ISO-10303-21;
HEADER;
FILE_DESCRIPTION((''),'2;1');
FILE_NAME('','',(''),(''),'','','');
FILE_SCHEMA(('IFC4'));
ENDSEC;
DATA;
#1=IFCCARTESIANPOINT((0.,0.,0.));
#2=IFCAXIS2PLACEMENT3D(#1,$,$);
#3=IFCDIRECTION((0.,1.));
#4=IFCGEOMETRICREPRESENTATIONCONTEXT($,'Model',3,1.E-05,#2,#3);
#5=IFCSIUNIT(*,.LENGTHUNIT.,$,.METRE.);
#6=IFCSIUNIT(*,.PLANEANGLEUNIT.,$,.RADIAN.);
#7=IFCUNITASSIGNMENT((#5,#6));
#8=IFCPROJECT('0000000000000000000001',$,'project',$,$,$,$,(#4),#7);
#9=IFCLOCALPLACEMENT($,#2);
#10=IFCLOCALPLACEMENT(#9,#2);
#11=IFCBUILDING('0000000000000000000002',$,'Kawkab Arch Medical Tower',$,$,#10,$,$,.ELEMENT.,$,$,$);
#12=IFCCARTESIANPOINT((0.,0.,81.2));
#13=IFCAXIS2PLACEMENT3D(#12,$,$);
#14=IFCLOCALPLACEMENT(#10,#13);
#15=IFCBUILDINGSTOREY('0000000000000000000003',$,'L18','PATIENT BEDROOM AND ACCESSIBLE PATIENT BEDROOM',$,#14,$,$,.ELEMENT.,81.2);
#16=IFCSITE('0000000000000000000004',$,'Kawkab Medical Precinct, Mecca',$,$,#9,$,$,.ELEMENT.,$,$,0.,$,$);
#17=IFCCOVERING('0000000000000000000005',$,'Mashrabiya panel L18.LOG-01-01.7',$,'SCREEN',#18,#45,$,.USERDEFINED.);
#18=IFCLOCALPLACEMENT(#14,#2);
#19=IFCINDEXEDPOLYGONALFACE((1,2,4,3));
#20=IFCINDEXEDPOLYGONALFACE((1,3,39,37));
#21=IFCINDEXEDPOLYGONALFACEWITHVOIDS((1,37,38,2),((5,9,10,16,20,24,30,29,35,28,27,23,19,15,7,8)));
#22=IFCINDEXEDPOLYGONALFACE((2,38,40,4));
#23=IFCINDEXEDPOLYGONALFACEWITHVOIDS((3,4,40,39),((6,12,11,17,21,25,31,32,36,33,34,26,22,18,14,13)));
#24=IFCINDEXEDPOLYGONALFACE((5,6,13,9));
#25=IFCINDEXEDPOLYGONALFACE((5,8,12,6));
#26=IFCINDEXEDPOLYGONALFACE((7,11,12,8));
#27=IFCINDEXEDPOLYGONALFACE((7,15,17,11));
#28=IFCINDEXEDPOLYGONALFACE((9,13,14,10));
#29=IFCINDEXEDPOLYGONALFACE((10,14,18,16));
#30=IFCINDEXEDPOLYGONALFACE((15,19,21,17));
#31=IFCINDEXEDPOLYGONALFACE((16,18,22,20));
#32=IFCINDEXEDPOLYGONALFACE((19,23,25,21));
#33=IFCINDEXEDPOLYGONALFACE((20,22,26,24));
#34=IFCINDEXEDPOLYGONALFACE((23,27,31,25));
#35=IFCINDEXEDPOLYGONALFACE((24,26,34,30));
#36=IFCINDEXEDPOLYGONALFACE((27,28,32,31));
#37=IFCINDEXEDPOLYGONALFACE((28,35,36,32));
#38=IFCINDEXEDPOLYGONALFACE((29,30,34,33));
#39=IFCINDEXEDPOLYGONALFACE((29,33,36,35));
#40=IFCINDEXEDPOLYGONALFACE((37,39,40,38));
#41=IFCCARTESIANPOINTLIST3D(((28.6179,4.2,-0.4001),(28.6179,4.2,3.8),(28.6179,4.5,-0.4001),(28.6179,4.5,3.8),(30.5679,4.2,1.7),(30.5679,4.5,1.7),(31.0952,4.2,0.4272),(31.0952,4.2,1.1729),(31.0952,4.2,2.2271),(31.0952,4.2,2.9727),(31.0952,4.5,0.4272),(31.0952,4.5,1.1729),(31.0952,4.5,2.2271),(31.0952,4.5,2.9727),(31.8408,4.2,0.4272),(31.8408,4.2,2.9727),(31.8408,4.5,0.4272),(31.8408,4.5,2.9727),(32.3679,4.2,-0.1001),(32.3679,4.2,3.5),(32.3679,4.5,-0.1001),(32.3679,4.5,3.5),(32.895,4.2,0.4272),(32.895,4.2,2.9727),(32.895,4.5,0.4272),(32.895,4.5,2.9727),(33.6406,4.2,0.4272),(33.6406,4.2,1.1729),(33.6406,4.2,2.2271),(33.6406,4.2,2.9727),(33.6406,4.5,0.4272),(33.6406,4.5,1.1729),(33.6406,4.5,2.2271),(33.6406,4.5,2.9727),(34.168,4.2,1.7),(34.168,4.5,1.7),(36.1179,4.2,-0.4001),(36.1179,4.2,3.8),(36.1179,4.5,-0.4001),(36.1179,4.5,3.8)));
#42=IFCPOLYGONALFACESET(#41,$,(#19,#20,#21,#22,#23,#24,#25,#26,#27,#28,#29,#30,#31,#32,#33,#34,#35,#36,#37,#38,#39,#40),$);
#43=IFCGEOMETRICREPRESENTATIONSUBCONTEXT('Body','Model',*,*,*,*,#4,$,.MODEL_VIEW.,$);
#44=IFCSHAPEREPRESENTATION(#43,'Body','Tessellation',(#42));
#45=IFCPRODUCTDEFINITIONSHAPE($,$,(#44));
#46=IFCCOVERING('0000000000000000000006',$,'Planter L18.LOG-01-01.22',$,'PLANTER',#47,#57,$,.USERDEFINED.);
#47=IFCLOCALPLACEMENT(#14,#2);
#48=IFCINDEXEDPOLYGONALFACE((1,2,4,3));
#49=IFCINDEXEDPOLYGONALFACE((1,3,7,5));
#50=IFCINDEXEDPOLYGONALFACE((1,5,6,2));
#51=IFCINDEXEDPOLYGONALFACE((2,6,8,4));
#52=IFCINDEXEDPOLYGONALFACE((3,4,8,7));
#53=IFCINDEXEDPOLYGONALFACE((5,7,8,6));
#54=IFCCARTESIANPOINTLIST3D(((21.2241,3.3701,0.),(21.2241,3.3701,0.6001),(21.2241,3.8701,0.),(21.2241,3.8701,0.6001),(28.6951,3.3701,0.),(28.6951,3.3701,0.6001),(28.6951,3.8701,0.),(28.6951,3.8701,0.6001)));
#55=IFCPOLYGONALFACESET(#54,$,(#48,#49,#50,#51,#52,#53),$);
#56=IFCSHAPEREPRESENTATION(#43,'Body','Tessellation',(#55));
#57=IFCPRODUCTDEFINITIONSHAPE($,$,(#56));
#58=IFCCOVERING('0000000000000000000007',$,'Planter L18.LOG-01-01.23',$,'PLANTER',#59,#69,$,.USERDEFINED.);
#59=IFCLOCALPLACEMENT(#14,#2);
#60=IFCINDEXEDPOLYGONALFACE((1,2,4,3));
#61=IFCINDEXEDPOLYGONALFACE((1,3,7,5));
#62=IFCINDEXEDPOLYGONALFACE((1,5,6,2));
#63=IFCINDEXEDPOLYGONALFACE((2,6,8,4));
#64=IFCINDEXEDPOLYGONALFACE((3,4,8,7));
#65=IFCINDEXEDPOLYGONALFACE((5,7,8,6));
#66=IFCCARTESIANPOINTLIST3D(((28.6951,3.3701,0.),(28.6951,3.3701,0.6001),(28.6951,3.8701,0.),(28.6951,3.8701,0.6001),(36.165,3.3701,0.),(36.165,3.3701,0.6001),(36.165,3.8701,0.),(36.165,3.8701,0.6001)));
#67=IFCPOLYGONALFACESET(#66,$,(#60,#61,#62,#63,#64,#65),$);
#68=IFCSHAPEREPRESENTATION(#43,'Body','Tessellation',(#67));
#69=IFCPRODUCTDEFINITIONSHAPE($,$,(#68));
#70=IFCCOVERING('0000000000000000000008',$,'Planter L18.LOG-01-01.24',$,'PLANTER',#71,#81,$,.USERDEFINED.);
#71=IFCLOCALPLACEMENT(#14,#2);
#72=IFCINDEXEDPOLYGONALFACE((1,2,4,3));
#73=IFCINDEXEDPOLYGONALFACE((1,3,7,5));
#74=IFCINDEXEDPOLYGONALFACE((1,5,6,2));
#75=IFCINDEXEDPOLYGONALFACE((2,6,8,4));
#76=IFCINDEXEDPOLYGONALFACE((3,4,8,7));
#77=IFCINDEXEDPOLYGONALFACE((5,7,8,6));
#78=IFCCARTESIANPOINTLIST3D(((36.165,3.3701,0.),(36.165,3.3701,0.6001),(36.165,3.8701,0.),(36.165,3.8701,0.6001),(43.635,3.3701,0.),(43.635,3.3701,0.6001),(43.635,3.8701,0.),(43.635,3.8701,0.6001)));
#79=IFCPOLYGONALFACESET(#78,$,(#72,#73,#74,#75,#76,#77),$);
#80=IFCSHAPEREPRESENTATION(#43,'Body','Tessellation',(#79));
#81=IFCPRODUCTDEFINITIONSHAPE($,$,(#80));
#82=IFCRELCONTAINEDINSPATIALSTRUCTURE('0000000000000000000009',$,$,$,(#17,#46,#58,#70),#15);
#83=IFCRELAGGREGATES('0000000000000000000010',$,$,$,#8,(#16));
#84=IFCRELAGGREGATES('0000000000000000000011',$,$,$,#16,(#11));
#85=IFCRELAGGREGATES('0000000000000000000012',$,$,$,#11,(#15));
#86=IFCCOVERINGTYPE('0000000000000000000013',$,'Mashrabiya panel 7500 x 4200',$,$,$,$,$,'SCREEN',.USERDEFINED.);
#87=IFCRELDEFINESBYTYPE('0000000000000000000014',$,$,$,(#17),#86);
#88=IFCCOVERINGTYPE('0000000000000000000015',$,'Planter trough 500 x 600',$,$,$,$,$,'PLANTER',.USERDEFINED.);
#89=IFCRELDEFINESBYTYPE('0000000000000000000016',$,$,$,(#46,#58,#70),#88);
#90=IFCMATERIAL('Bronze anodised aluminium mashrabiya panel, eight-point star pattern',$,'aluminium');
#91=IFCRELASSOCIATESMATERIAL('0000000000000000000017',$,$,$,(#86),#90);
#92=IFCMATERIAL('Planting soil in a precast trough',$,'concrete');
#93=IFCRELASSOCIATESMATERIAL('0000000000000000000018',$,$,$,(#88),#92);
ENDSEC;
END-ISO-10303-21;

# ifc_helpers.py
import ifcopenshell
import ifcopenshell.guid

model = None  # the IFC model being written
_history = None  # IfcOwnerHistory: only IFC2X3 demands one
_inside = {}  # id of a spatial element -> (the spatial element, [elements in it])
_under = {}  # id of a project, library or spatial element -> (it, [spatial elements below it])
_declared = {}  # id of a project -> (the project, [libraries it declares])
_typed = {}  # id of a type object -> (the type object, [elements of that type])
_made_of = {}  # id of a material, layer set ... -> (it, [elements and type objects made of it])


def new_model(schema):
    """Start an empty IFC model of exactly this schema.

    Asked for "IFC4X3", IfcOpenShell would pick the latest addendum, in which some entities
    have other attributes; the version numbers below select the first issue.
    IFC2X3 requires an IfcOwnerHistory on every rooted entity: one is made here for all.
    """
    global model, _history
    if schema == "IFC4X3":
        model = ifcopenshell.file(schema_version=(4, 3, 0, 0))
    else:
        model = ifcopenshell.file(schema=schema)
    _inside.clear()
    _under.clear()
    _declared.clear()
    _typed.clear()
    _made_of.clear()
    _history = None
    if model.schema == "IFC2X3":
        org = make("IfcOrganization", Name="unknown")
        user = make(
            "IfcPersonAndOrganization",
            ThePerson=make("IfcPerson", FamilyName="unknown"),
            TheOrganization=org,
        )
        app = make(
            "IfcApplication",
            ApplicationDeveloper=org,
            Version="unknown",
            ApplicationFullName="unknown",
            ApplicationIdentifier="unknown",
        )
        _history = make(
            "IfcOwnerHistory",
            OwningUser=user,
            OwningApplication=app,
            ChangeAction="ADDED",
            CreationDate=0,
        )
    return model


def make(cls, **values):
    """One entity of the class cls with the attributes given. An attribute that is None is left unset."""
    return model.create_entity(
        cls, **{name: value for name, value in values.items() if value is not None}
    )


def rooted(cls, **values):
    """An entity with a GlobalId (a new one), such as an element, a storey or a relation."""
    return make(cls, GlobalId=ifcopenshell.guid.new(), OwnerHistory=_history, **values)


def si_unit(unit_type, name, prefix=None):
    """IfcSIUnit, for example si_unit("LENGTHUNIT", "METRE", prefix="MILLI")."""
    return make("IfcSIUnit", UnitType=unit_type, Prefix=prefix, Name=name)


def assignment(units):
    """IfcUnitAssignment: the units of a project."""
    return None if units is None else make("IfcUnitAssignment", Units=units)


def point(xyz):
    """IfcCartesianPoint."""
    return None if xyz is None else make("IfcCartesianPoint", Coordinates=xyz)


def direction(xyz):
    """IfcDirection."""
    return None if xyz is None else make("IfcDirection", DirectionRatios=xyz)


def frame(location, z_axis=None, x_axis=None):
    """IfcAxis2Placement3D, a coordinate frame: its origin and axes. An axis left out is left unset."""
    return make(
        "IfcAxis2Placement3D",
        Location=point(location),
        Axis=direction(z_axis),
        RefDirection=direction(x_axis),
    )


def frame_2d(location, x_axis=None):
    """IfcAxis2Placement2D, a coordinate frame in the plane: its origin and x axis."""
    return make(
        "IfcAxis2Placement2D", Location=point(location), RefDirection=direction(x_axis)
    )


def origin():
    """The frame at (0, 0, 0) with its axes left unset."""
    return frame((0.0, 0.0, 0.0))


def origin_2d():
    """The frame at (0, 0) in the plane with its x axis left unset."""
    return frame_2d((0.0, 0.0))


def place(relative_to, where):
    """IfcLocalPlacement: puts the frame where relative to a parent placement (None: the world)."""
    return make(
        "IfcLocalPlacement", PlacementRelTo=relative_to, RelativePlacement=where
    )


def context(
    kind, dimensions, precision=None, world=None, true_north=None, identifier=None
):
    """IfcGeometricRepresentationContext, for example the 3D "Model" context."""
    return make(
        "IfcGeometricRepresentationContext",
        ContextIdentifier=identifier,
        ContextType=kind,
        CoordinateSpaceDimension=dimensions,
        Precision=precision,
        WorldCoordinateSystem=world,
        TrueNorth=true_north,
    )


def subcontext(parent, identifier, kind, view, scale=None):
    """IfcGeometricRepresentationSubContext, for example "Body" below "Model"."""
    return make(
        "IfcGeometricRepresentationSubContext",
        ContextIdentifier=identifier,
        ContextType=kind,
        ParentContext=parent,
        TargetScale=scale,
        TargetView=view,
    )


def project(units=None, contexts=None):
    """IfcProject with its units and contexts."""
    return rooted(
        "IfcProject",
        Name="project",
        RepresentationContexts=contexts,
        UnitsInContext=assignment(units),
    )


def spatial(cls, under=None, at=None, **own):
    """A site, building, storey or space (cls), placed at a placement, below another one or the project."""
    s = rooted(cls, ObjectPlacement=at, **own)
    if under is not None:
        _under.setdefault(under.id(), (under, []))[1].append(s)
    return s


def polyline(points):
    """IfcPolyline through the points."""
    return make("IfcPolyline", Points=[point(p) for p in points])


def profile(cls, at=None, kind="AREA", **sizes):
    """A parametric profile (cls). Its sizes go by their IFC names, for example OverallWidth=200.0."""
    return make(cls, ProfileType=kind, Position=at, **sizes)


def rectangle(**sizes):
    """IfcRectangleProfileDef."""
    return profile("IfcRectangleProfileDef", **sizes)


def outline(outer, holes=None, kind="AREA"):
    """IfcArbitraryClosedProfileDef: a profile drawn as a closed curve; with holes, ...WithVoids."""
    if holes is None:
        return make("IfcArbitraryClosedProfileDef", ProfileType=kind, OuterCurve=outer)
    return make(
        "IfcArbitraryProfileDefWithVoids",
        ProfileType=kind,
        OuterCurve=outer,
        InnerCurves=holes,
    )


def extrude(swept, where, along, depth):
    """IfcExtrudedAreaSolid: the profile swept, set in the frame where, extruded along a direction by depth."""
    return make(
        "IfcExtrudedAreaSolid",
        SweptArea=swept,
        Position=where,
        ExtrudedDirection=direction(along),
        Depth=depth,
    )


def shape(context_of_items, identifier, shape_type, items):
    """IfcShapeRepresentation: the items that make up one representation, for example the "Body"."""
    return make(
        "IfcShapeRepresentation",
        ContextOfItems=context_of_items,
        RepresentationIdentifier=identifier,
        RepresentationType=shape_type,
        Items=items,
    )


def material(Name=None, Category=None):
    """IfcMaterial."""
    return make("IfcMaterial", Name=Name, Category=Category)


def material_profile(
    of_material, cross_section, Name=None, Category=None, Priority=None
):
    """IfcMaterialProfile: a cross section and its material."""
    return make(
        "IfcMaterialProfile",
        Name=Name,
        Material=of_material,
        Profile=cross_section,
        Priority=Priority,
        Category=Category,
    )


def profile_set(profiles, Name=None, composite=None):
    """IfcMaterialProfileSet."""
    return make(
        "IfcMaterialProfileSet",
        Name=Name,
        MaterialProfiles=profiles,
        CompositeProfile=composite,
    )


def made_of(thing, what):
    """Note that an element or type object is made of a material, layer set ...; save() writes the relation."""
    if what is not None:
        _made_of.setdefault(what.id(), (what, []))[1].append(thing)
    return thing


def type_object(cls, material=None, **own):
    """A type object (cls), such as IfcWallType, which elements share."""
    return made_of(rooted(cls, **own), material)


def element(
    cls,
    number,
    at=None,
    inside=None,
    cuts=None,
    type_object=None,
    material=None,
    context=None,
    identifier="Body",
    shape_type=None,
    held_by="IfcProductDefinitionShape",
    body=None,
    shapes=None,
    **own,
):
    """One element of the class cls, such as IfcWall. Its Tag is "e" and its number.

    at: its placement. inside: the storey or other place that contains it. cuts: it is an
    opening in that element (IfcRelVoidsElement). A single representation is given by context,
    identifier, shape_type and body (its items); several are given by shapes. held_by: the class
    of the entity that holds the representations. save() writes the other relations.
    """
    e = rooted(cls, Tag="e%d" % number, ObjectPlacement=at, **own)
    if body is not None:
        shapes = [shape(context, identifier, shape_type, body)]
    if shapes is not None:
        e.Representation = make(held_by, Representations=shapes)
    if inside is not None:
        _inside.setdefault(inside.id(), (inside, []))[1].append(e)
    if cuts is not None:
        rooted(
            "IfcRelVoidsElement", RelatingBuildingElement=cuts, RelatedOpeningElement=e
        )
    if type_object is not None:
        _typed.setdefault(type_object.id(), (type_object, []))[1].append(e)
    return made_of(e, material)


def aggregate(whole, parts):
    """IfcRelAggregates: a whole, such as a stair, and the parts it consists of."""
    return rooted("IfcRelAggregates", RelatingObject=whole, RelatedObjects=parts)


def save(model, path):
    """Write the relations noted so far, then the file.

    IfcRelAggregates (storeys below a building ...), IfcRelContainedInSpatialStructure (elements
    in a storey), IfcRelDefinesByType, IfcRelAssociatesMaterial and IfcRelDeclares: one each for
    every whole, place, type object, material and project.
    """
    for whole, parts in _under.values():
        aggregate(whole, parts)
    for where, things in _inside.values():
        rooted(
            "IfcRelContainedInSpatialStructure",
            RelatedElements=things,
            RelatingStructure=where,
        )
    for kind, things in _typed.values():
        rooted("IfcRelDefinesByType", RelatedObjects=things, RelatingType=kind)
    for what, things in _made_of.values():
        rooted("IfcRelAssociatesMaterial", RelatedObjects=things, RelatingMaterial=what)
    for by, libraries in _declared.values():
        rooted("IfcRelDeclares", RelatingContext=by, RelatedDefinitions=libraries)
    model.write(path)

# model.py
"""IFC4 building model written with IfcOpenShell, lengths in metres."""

from ifc_helpers import new_model, si_unit, direction, frame, origin, origin_2d, place, context, subcontext, project, spatial, polyline, rectangle, outline, extrude, material, material_profile, profile_set, type_object, element, save


model = new_model("IFC4")

# Units and contexts
model_context = context("Model", 3, precision=1e-05, world=origin(), true_north=direction((0.0, 1.0)))
body_context = subcontext(model_context, "Body", "Model", "MODEL_VIEW")
ifc_project = project(units=[si_unit("LENGTHUNIT", "METRE"), si_unit("PLANEANGLEUNIT", "RADIAN")], contexts=[model_context])

# Site, building, storey
site_placement = place(None, origin())
site = spatial("IfcSite", under=ifc_project, at=site_placement, Name="Kawkab Medical Precinct, Mecca", CompositionType="ELEMENT", RefElevation=0.0)
building_placement = place(site_placement, origin())
building = spatial("IfcBuilding", under=site, at=building_placement, Name="Kawkab Arch Medical Tower", CompositionType="ELEMENT")
storey_placement = place(building_placement, frame((0.0, 0.0, 81.2)))
storey = spatial("IfcBuildingStorey", under=building, at=storey_placement, Name="L18", Description="PATIENT BEDROOM AND ACCESSIBLE PATIENT BEDROOM", CompositionType="ELEMENT", Elevation=81.2)

# Coverings
ifc_material_1 = material(Name="Bronze anodised aluminium mashrabiya panel, eight-point star pattern", Category="aluminium")
ifc_material_profile_1 = material_profile(ifc_material_1, outline(polyline([(-3.75, -2.1001), (3.75, -2.1001), (3.75, 2.1001), (-3.75, 2.1001), (-3.75, -2.1001)]), holes=[polyline([(1.8, 0.0), (1.2727, 0.5271), (1.2727, 1.2727), (0.5271, 1.2727), (0.0, 1.8), (-0.5271, 1.2727), (-1.2727, 1.2727), (-1.2727, 0.5271), (-1.8, 0.0), (-1.2727, -0.5271), (-1.2727, -1.2727), (-0.5271, -1.2727), (0.0, -1.8), (0.5271, -1.2727), (1.2727, -1.2727), (1.2727, -0.5271), (1.8, 0.0)])]), Name="Mashrabiya panel 7500x4200")
ifc_profile_set_1 = profile_set([ifc_material_profile_1], Name="Bronze anodised aluminium mashrabiya panel, eight-point star pattern")
covering_type_1 = type_object("IfcCoveringType", Name="Mashrabiya panel 7500 x 4200", ElementType="SCREEN", PredefinedType="USERDEFINED", material=ifc_profile_set_1)
covering_1_placement = place(storey_placement, frame((32.3679, 4.2, 1.7), z_axis=(0.0, 1.0, 0.0), x_axis=(-1.0, 0.0, 0.0)))
element("IfcCovering", 1, at=covering_1_placement, inside=storey, type_object=covering_type_1, Name="Mashrabiya panel L18.LOG-01-01.7", ObjectType="SCREEN", PredefinedType="USERDEFINED", context=body_context, shape_type="SweptSolid", body=[
    extrude(outline(polyline([(-3.75, -2.1001), (3.75, -2.1001), (3.75, 2.1001), (-3.75, 2.1001), (-3.75, -2.1001)]), holes=[polyline([(1.8, 0.0), (1.2727, 0.5271), (1.2727, 1.2727), (0.5271, 1.2727), (0.0, 1.8), (-0.5271, 1.2727), (-1.2727, 1.2727), (-1.2727, 0.5271), (-1.8, 0.0), (-1.2727, -0.5271), (-1.2727, -1.2727), (-0.5271, -1.2727), (0.0, -1.8), (0.5271, -1.2727), (1.2727, -1.2727), (1.2727, -0.5271), (1.8, 0.0)])]), origin(), (0.0, 0.0, 1.0), 0.3),
])
ifc_material_2 = material(Name="Planting soil in a precast trough", Category="concrete")
ifc_material_profile_2 = material_profile(ifc_material_2, rectangle(XDim=0.5, YDim=0.6001, at=origin_2d()), Name="Trough 500x600")
ifc_profile_set_2 = profile_set([ifc_material_profile_2], Name="Planting soil in a precast trough")
covering_type_2 = type_object("IfcCoveringType", Name="Planter trough 500 x 600", ElementType="PLANTER", PredefinedType="USERDEFINED", material=ifc_profile_set_2)
covering_2_placement = place(storey_placement, frame((21.2241, 3.6201, 0.3), z_axis=(1.0, 0.0, 0.0), x_axis=(0.0, 1.0, 0.0)))
element("IfcCovering", 2, at=covering_2_placement, inside=storey, type_object=covering_type_2, Name="Planter L18.LOG-01-01.22", ObjectType="PLANTER", PredefinedType="USERDEFINED", context=body_context, shape_type="SweptSolid", body=[
    extrude(rectangle(XDim=0.5, YDim=0.6001, at=origin_2d()), origin(), (0.0, 0.0, 1.0), 7.4709),
])
for number, where, z_axis, x_axis, name in (
    (3, (28.6951, 3.6201, 0.3), (1.0, 0.0, 0.0), (0.0, 1.0, 0.0), "Planter L18.LOG-01-01.23"),
    (4, (36.165, 3.6201, 0.3), (1.0, 0.0, 0.0), (0.0, 1.0, 0.0), "Planter L18.LOG-01-01.24"),
):
    element("IfcCovering", number, at=place(storey_placement, frame(where, z_axis=z_axis, x_axis=x_axis)), inside=storey, type_object=covering_type_2, Name=name, ObjectType="PLANTER", PredefinedType="USERDEFINED", context=body_context, shape_type="SweptSolid", body=[
        extrude(rectangle(XDim=0.5, YDim=0.6001, at=origin_2d()), origin(), (0.0, 0.0, 1.0), 7.47),
    ])

save(model, "model.ifc")
